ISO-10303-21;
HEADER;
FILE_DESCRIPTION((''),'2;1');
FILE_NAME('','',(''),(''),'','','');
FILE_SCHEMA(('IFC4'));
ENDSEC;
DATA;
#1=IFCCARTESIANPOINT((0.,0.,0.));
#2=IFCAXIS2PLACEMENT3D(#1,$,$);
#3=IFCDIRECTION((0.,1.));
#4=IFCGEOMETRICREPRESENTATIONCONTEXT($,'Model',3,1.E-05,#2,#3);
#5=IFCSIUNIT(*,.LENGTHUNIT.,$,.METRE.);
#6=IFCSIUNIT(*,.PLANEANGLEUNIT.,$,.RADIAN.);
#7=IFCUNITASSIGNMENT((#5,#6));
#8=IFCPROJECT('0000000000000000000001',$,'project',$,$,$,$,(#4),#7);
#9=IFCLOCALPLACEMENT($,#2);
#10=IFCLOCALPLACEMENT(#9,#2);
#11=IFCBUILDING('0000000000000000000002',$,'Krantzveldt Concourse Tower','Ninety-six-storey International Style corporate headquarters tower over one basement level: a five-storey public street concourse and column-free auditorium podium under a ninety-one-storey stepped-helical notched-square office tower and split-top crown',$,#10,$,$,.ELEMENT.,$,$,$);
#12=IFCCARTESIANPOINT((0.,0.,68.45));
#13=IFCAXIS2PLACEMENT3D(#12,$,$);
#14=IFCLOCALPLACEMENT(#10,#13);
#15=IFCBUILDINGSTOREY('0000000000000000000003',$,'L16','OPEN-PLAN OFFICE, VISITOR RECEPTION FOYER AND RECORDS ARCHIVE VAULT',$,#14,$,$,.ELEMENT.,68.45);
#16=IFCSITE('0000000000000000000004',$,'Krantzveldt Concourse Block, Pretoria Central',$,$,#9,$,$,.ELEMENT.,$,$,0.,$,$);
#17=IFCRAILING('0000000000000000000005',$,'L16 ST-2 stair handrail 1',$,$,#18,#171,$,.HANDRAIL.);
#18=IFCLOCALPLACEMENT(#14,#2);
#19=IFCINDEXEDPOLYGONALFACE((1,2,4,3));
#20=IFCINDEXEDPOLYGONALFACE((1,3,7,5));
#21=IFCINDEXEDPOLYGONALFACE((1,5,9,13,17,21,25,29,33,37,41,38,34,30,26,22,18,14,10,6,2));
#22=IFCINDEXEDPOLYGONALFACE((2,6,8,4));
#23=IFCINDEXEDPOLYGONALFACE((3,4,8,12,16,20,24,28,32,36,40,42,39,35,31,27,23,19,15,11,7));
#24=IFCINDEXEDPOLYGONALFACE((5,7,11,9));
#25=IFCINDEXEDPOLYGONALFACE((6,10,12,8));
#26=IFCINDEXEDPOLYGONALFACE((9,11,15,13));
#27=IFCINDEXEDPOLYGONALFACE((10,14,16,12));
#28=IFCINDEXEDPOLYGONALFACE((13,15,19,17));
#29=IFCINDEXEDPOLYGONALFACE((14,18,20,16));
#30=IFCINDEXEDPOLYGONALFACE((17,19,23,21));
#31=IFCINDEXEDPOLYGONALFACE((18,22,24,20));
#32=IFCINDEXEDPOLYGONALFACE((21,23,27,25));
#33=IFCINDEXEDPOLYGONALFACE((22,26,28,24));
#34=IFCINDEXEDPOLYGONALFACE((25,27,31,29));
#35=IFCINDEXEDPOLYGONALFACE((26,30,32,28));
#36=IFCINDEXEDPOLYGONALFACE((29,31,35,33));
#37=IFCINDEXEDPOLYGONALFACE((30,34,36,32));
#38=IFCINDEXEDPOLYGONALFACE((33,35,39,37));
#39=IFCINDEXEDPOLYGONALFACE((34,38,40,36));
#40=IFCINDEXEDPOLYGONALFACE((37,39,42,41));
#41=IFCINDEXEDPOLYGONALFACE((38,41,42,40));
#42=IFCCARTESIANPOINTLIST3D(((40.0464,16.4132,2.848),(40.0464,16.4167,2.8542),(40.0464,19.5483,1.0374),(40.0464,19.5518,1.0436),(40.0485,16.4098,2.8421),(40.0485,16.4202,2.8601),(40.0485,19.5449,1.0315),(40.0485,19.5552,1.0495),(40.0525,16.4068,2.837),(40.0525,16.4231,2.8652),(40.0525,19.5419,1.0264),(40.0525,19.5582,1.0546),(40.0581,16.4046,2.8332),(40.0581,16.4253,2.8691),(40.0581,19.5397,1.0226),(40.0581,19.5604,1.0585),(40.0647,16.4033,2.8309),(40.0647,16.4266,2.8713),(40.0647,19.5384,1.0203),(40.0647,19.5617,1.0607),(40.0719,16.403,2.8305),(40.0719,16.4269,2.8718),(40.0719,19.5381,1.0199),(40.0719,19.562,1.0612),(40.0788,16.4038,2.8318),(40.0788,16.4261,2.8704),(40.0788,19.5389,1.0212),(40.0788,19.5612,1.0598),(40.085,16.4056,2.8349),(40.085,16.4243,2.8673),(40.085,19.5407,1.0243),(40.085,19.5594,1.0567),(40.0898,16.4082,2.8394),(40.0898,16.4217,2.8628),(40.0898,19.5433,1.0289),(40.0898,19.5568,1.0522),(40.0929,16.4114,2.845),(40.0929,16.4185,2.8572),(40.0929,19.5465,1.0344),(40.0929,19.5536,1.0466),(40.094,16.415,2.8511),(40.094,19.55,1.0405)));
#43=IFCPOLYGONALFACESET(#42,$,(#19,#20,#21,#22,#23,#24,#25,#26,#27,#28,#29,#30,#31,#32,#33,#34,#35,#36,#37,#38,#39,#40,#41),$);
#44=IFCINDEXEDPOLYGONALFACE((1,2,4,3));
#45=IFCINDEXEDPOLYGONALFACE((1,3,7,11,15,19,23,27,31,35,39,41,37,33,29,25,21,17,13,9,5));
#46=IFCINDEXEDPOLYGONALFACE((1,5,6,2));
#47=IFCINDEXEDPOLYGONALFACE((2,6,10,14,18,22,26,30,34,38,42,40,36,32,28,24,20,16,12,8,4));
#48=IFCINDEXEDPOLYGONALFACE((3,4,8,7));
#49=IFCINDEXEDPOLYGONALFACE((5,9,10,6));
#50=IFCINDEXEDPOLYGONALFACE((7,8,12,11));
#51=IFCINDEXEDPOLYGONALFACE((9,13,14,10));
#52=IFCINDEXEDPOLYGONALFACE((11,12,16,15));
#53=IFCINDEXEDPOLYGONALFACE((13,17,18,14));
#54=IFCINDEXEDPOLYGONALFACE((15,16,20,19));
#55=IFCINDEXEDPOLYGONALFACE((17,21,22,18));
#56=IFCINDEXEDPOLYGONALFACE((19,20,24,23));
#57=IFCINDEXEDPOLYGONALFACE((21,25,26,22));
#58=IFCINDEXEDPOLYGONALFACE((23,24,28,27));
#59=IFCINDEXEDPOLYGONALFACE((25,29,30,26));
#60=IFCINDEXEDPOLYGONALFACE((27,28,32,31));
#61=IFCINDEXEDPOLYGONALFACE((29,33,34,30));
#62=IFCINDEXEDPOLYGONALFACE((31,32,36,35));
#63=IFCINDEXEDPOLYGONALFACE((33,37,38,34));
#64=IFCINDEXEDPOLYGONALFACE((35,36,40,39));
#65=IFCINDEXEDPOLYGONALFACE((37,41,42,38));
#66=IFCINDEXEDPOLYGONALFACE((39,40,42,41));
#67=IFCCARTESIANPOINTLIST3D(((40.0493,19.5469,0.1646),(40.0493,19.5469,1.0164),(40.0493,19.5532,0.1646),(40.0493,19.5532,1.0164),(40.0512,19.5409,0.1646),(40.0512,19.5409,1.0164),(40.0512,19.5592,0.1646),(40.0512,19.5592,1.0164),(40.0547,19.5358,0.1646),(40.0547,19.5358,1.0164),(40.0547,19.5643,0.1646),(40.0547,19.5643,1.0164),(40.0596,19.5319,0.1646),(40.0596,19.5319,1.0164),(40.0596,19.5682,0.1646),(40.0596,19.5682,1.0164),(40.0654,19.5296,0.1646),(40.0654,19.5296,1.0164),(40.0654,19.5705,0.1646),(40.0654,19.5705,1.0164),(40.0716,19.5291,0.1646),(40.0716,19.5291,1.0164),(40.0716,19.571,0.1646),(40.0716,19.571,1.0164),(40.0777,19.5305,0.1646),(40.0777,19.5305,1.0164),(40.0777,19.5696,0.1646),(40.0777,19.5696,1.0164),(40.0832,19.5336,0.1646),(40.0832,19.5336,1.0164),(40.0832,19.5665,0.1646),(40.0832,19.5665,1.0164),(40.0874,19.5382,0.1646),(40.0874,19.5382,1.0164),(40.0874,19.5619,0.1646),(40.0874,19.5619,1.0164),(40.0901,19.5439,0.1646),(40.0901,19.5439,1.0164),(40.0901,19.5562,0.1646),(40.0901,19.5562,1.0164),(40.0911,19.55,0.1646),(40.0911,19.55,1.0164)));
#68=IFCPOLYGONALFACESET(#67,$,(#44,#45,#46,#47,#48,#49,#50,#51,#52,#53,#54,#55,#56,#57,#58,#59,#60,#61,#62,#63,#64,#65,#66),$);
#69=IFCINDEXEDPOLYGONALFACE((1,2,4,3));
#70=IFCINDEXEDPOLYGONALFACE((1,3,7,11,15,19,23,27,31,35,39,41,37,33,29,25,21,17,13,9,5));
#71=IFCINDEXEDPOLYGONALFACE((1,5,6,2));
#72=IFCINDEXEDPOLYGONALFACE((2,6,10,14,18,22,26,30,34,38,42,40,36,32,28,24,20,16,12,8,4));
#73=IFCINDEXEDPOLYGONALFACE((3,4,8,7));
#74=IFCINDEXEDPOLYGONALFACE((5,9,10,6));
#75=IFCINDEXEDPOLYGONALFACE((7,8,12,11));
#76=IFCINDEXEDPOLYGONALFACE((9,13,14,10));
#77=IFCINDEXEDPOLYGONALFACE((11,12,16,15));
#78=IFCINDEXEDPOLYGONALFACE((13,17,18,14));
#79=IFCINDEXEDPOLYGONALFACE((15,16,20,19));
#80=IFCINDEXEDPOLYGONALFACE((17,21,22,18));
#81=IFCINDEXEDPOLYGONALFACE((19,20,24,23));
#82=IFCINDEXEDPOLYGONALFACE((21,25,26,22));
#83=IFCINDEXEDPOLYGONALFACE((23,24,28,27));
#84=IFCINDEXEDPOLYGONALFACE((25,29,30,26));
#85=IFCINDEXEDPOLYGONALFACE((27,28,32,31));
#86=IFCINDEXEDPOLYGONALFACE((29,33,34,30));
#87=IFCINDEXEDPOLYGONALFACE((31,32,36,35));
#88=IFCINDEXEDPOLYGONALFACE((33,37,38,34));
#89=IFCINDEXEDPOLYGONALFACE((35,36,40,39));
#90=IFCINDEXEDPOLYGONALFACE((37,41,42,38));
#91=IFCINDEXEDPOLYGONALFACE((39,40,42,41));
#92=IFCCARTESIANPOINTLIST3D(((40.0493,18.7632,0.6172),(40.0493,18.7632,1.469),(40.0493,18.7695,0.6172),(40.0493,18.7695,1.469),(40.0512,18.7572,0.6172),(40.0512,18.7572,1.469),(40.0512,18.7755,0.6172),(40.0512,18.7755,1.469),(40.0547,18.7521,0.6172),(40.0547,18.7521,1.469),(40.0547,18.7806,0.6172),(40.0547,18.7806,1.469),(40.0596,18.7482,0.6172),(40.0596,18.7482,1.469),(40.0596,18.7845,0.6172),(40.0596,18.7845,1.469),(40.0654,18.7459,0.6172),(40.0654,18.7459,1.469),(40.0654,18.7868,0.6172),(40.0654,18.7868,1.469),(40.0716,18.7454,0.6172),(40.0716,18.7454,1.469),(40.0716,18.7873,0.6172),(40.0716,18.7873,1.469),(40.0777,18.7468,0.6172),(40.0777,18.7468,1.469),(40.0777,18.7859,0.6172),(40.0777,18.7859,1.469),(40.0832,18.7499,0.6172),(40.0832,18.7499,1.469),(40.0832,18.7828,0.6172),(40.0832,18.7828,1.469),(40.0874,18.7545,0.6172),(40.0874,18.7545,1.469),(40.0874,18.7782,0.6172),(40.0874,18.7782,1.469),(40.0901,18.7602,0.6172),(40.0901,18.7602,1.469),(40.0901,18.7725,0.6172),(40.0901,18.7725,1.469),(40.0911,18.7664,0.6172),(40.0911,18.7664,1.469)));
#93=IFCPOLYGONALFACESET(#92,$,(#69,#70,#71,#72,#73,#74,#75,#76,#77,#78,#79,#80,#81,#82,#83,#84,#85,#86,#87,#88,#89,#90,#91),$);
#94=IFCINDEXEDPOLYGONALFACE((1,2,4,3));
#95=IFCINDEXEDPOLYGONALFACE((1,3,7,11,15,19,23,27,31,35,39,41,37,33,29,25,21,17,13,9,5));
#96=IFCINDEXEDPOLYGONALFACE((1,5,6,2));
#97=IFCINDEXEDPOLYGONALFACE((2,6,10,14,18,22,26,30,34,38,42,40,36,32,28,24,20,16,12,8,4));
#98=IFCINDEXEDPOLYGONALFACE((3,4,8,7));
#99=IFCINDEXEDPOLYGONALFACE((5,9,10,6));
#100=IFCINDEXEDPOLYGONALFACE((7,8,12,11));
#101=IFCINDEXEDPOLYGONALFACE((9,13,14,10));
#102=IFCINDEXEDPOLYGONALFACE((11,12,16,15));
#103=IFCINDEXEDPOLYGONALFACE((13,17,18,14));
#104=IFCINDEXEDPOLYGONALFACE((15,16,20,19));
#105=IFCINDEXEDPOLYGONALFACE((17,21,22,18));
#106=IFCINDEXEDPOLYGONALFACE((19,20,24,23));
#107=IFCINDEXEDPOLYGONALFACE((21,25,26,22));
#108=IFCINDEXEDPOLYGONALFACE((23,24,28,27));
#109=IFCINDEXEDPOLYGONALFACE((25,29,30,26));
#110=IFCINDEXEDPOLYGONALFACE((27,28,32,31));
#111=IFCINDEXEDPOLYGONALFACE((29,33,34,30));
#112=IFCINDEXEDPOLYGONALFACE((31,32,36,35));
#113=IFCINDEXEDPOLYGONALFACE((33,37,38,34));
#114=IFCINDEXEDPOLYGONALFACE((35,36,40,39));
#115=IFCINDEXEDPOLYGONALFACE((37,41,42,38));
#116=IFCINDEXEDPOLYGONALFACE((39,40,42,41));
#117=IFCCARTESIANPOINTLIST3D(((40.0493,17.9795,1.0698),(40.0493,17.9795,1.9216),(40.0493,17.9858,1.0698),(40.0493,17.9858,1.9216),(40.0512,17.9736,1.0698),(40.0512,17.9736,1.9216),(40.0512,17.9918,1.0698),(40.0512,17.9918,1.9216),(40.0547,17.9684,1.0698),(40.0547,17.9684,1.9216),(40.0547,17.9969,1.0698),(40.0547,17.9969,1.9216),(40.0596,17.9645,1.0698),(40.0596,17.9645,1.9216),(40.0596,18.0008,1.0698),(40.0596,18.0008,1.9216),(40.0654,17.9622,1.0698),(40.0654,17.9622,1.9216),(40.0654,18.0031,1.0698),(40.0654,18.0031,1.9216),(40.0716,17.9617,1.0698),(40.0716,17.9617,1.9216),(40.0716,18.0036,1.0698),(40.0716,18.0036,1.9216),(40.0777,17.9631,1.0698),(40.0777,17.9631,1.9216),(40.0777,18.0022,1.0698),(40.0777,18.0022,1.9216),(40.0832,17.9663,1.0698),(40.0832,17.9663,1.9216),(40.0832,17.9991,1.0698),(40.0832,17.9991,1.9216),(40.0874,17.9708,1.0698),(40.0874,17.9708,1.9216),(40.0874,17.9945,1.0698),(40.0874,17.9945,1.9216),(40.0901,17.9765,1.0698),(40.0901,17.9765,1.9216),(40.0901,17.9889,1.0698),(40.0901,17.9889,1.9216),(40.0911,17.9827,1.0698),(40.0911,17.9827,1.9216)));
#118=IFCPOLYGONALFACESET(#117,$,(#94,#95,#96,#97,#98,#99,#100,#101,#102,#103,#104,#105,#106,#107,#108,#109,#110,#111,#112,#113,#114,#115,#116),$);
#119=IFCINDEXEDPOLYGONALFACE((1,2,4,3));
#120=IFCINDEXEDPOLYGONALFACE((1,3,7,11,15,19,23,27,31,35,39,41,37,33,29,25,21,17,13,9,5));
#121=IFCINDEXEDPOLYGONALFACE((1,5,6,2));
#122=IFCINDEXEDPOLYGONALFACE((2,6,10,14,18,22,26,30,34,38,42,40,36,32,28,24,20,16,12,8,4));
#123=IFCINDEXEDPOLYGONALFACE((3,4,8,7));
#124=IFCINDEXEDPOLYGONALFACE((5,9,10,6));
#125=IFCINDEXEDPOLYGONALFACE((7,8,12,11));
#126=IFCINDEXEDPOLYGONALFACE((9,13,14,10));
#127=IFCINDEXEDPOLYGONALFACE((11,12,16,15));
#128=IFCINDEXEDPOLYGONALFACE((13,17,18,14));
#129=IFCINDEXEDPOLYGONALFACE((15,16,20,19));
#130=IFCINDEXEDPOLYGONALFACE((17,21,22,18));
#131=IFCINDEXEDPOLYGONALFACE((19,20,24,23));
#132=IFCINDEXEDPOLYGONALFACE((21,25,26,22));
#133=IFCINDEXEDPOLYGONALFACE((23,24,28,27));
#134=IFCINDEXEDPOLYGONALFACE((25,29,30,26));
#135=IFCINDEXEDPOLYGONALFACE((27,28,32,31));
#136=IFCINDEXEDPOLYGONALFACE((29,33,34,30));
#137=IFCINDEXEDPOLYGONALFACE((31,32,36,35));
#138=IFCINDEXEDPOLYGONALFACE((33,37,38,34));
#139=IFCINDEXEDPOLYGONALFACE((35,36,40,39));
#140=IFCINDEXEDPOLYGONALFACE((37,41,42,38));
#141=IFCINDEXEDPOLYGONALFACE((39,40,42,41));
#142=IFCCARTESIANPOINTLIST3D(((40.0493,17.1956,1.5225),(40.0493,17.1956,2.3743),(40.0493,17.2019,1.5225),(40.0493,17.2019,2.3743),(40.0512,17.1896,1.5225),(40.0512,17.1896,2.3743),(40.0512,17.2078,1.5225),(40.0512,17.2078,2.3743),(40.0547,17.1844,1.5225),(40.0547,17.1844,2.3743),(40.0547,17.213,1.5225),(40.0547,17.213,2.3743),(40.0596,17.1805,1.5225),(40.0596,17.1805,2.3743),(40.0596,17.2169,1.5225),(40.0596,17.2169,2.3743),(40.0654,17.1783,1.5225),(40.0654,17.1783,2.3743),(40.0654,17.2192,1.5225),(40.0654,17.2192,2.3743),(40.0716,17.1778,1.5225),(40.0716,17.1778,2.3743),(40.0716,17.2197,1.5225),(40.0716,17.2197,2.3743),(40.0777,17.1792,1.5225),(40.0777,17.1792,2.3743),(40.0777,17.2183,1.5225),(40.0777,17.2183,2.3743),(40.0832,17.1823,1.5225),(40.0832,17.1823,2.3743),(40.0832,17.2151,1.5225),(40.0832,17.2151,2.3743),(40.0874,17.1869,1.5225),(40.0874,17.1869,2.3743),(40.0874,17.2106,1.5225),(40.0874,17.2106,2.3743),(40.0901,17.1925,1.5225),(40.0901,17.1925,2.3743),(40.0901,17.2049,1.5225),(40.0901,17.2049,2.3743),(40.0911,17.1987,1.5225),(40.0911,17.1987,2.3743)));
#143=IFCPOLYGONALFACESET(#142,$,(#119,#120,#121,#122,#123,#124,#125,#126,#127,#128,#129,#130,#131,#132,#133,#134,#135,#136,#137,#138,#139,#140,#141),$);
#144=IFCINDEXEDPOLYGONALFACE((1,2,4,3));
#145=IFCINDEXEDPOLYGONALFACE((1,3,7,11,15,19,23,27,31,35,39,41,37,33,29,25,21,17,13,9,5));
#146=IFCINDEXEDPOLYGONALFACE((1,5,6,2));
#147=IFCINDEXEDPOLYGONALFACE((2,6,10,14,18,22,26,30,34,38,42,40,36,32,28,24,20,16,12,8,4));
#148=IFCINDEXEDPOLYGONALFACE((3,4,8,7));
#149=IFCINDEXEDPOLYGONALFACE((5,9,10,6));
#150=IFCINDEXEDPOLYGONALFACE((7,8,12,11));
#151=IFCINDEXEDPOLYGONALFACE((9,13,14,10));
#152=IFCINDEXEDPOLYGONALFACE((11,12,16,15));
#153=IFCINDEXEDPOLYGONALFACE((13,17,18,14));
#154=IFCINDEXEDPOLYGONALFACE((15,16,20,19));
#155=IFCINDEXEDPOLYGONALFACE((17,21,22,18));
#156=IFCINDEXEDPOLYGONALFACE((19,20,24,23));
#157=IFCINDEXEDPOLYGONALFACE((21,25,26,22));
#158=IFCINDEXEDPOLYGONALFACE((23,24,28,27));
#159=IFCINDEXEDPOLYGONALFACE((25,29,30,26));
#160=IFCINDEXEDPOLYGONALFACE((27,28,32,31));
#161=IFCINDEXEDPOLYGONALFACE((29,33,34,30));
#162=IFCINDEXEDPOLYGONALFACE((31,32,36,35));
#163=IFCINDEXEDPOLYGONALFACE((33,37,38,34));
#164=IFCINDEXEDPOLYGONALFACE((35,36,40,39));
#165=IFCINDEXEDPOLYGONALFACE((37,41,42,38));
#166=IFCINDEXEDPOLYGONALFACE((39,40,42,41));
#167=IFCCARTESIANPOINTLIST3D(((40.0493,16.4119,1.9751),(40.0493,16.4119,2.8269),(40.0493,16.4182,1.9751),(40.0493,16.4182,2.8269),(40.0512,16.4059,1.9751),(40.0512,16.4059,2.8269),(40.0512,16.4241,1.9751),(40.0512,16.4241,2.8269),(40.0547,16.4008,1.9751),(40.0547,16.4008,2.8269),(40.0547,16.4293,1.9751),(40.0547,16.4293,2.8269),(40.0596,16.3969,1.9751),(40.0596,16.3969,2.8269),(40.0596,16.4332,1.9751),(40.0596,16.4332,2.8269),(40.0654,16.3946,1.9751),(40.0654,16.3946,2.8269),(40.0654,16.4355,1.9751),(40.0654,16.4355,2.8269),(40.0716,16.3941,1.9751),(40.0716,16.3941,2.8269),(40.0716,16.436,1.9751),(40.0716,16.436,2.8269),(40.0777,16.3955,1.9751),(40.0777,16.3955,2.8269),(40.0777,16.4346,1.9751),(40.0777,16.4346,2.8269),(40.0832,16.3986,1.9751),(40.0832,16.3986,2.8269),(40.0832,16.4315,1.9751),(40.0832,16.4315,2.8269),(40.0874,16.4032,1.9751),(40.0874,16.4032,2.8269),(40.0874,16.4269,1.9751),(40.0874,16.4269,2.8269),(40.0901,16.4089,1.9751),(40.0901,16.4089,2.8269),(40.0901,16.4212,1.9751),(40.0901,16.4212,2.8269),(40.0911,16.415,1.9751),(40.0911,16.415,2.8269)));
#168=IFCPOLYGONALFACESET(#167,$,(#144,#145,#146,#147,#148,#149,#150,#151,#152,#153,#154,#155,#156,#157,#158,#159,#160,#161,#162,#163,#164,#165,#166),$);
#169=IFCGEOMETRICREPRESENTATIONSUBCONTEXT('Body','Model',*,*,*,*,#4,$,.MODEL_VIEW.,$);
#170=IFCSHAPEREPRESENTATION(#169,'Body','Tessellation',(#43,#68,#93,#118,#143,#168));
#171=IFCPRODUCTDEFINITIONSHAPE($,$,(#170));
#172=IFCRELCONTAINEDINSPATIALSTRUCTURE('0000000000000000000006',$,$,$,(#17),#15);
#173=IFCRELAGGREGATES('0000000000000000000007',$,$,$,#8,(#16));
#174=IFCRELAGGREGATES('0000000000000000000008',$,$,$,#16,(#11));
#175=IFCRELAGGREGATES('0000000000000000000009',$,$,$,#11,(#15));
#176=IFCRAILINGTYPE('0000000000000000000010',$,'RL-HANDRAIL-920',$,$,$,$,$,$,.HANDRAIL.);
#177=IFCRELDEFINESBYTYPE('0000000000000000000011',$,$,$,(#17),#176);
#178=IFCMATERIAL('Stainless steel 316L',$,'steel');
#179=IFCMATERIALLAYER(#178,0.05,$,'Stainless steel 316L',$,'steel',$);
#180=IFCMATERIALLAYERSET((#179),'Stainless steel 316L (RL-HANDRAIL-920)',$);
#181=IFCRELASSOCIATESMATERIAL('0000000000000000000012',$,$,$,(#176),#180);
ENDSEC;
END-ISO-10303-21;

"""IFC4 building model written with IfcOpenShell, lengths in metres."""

from ifc_helpers import new_model, si_unit, direction, frame, origin, origin_2d, place, context, subcontext, project, spatial, circle, extrude, material, layer, layer_set, type_object, element, save


model = new_model("IFC4")

# Units and contexts
model_context = context("Model", 3, precision=1e-05, world=origin(), true_north=direction((0.0, 1.0)))
body_context = subcontext(model_context, "Body", "Model", "MODEL_VIEW")
ifc_project = project(units=[si_unit("LENGTHUNIT", "METRE"), si_unit("PLANEANGLEUNIT", "RADIAN")], contexts=[model_context])

# Site, building, storey
site_placement = place(None, origin())
site = spatial("IfcSite", under=ifc_project, at=site_placement, Name="Krantzveldt Concourse Block, Pretoria Central", CompositionType="ELEMENT", RefElevation=0.0)
building_placement = place(site_placement, origin())
building = spatial("IfcBuilding", under=site, at=building_placement, Name="Krantzveldt Concourse Tower", Description="Ninety-six-storey International Style corporate headquarters tower over one basement level: a five-storey public street concourse and column-free auditorium podium under a ninety-one-storey stepped-helical notched-square office tower and split-top crown", CompositionType="ELEMENT")
storey_placement = place(building_placement, frame((0.0, 0.0, 68.45)))
storey = spatial("IfcBuildingStorey", under=building, at=storey_placement, Name="L16", Description="OPEN-PLAN OFFICE, VISITOR RECEPTION FOYER AND RECORDS ARCHIVE VAULT", CompositionType="ELEMENT", Elevation=68.45)

# Shared definitions
ifc_material_1 = material(Name="Stainless steel 316L", Category="steel")

# Railing
ifc_layer_1 = layer(ifc_material_1, 0.05, Name="Stainless steel 316L", Category="steel")
ifc_layer_set_1 = layer_set([ifc_layer_1], Name="Stainless steel 316L (RL-HANDRAIL-920)")
railing_type_1 = type_object("IfcRailingType", Name="RL-HANDRAIL-920", PredefinedType="HANDRAIL", material=ifc_layer_set_1)
railing_1_placement = place(storey_placement, frame((40.0701, 19.55, 0.1646)))
element("IfcRailing", 1, at=railing_1_placement, inside=storey, type_object=railing_type_1, Name="L16 ST-2 stair handrail 1", PredefinedType="HANDRAIL", context=body_context, shape_type="SweptSolid", body=[
    extrude(circle(Radius=0.0239, at=origin_2d()), frame((0.0, 0.0, 0.876), z_axis=(0.0, -0.86596, 0.500114), x_axis=(1.0, 0.0, 0.0)), (0.0, 0.0, 1.0), 3.6204),
    extrude(circle(Radius=0.021, at=origin_2d()), origin(), (0.0, 0.0, 1.0), 0.8518),
    extrude(circle(Radius=0.021, at=origin_2d()), frame((0.0, -0.7837, 0.4526)), (0.0, 0.0, 1.0), 0.8518),
    extrude(circle(Radius=0.021, at=origin_2d()), frame((0.0, -1.5674, 0.9053)), (0.0, 0.0, 1.0), 0.8518),
    extrude(circle(Radius=0.021, at=origin_2d()), frame((0.0, -2.3513, 1.3579)), (0.0, 0.0, 1.0), 0.8518),
    extrude(circle(Radius=0.021, at=origin_2d()), frame((0.0, -3.135, 1.8105)), (0.0, 0.0, 1.0), 0.8518),
])

save(model, "model.ifc")
